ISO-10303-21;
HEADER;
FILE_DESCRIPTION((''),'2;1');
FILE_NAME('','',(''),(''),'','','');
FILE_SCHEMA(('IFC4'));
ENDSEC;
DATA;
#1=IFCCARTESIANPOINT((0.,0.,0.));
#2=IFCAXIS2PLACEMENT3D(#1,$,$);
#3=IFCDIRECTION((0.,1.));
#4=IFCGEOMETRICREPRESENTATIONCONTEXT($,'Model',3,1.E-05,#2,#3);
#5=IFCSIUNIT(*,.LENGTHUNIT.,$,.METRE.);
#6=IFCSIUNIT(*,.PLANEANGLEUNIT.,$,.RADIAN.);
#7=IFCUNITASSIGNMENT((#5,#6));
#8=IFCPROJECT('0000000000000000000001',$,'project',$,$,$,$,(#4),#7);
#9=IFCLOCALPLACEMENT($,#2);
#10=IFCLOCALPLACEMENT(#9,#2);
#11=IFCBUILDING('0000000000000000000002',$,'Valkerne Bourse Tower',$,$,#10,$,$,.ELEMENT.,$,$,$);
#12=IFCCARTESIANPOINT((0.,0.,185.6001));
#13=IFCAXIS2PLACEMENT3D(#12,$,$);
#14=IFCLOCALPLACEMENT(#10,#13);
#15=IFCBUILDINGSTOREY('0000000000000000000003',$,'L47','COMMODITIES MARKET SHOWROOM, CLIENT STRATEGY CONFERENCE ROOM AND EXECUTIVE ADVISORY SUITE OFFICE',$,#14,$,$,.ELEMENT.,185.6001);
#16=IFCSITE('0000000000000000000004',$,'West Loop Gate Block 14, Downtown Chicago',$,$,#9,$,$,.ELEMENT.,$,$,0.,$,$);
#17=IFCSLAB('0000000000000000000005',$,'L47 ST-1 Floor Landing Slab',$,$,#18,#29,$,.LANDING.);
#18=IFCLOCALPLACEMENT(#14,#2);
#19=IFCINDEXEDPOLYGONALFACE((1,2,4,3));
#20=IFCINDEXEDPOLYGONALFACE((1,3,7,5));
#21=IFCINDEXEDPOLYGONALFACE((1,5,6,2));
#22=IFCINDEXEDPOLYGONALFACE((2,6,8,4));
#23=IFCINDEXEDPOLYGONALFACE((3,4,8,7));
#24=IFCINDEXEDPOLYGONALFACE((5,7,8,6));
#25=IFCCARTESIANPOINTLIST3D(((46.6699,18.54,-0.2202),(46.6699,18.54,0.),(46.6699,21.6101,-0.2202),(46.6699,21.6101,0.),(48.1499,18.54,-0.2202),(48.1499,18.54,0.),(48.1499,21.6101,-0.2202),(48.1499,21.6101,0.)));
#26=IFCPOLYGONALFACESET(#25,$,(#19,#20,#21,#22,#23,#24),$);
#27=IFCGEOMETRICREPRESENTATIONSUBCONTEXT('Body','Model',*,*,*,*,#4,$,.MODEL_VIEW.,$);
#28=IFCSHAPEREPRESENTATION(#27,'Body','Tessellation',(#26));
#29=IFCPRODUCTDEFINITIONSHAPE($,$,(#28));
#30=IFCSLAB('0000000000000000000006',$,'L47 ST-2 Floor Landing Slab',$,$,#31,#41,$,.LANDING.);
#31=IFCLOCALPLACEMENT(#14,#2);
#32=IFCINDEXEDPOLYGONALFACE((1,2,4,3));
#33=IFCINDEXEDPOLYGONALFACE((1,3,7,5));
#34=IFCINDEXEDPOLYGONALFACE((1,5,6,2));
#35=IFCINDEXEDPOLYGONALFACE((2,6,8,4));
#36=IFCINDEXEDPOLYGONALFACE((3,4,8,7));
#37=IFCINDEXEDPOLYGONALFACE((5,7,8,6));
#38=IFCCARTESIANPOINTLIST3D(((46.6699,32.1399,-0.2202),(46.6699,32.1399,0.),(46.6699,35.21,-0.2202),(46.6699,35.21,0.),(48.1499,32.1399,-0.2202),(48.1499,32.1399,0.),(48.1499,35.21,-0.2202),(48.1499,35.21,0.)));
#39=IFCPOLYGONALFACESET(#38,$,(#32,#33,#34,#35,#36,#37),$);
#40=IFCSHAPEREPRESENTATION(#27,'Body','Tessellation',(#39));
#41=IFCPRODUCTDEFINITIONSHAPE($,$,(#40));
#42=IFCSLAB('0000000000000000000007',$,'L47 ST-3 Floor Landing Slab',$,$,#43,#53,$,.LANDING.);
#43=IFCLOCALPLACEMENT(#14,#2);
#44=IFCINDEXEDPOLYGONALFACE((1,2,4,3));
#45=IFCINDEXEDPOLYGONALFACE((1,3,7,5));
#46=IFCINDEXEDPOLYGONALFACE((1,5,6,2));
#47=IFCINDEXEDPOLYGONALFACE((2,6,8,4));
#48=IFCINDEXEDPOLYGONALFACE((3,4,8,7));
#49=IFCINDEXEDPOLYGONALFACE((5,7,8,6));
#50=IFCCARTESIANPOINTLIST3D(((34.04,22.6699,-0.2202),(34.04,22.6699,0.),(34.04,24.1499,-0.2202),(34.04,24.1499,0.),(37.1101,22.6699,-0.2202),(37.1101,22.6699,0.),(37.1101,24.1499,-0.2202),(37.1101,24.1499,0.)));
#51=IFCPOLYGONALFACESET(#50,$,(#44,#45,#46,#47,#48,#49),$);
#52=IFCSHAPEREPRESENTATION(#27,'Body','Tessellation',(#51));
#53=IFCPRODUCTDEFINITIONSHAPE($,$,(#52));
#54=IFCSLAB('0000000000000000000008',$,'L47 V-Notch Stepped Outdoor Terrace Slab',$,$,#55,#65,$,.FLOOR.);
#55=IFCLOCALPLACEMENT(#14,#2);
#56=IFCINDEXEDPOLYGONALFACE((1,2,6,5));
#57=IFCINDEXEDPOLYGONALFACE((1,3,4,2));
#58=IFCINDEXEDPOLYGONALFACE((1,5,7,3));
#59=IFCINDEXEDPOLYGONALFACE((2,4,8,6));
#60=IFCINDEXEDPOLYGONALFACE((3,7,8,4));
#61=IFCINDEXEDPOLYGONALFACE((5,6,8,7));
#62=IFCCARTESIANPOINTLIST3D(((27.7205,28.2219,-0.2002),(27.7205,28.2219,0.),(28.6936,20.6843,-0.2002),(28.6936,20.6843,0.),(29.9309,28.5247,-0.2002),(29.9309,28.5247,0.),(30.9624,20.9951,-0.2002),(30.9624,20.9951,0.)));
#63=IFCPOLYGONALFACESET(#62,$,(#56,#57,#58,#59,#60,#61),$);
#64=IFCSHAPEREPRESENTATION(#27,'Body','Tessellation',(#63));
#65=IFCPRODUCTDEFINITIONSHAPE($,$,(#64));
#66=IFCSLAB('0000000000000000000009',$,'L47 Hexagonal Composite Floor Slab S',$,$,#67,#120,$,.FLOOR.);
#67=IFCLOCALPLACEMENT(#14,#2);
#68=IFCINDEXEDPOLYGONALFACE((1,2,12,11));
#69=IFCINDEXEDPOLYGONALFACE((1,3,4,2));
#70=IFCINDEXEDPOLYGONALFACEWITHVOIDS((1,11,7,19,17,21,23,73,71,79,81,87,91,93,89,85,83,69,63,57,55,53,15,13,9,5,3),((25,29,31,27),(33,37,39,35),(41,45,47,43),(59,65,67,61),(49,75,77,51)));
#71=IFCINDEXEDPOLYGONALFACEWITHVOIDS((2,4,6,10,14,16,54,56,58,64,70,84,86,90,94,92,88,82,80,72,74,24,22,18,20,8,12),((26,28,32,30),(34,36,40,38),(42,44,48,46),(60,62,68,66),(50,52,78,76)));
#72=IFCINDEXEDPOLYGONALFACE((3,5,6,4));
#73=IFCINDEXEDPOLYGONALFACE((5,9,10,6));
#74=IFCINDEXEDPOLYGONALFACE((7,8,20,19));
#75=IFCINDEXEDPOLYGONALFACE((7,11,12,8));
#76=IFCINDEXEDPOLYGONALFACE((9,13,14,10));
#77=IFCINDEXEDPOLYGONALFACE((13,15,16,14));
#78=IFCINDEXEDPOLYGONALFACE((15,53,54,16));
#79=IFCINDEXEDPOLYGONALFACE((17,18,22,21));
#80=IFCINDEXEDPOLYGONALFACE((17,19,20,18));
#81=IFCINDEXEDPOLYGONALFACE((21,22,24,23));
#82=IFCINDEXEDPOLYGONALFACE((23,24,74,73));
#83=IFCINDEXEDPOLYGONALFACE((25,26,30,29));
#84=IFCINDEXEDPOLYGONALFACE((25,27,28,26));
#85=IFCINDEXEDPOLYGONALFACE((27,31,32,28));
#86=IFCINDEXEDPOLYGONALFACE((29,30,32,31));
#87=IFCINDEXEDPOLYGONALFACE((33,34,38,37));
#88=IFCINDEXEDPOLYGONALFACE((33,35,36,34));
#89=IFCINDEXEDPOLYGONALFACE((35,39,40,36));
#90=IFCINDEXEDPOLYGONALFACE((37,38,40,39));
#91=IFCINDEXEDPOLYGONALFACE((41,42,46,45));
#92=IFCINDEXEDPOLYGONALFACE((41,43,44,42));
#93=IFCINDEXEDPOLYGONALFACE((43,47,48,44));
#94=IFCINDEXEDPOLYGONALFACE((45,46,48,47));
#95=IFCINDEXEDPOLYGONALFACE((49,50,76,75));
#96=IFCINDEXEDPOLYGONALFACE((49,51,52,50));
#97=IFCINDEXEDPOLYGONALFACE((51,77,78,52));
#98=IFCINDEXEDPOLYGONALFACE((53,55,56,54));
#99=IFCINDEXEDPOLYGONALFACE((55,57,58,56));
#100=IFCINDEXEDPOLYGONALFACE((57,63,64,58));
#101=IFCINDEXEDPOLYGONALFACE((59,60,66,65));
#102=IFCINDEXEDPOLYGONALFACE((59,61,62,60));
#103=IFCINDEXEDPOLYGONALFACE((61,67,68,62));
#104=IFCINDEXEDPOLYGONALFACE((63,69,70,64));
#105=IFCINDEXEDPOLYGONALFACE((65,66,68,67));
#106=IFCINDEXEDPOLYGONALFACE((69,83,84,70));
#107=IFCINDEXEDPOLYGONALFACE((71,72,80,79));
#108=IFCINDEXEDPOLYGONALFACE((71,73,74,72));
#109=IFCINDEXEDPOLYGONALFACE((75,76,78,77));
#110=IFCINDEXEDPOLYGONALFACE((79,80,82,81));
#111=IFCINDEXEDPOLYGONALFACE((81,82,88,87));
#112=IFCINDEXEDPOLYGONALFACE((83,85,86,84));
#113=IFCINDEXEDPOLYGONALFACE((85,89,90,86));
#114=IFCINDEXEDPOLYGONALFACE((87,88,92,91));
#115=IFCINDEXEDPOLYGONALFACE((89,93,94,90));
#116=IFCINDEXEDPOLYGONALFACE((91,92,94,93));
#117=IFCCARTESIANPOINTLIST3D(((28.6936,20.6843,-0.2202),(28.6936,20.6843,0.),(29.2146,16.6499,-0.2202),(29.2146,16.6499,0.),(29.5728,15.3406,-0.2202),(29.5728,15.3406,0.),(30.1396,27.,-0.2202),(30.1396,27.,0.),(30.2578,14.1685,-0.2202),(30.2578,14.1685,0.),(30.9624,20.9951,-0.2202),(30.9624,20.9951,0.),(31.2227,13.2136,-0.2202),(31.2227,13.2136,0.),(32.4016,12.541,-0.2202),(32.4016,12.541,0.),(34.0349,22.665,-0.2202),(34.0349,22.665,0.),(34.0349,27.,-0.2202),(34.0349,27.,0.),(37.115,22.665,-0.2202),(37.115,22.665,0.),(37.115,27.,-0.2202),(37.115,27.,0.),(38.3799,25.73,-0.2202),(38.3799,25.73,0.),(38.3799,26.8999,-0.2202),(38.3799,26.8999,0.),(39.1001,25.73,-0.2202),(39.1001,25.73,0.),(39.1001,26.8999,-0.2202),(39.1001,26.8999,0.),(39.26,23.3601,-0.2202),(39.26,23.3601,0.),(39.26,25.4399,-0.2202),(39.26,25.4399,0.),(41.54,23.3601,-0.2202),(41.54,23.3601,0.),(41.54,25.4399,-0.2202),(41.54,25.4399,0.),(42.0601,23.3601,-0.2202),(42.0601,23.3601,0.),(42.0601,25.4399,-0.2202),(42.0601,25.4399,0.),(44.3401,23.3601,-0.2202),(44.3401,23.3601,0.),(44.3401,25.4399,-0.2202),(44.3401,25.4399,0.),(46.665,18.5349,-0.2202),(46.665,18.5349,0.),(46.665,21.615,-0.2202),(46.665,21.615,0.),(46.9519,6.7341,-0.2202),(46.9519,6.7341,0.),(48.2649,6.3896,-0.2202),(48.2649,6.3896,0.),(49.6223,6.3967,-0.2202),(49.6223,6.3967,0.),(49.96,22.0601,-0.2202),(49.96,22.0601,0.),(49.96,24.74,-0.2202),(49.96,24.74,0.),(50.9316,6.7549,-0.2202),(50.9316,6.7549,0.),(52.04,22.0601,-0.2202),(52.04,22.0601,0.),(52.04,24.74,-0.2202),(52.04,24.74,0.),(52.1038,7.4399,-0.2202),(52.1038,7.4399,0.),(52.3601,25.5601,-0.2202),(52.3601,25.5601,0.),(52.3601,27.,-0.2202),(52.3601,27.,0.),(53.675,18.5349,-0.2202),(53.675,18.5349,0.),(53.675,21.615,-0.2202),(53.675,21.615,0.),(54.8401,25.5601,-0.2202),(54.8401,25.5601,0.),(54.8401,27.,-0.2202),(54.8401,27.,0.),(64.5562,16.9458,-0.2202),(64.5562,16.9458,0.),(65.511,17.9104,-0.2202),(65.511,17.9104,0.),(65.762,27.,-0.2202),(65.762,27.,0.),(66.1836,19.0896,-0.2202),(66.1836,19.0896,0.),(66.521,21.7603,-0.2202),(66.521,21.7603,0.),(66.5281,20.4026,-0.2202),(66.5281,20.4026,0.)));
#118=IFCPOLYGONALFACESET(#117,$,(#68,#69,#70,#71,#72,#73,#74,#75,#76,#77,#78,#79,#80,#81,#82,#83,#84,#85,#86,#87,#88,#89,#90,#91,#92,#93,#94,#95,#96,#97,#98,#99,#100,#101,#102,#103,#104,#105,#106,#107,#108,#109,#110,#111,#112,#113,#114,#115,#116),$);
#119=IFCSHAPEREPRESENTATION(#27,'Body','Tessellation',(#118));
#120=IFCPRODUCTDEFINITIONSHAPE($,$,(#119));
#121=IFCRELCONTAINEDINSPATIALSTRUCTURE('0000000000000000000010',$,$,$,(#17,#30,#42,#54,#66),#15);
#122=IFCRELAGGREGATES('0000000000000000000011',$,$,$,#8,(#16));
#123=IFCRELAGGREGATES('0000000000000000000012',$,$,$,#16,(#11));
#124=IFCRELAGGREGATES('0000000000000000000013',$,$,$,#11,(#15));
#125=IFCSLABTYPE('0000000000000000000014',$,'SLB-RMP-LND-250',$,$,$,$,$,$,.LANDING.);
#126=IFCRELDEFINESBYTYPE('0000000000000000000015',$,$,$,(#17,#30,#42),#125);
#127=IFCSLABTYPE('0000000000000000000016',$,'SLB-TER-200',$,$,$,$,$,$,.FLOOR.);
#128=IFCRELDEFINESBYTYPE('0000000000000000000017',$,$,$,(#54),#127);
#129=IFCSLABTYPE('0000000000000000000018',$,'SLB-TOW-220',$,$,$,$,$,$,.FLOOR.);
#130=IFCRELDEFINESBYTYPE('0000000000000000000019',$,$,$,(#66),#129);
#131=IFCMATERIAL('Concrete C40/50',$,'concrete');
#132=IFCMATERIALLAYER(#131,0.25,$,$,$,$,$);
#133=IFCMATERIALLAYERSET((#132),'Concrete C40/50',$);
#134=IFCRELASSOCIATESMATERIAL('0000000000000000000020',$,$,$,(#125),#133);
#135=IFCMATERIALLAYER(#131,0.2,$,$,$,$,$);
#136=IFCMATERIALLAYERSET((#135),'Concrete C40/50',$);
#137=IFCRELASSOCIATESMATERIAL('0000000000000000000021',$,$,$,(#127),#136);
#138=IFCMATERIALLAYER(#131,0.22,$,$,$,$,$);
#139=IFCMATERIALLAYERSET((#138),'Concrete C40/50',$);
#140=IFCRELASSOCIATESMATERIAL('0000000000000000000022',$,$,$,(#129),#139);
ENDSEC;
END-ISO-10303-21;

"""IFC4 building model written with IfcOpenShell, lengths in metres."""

from ifc_helpers import new_model, si_unit, direction, frame, origin, place, context, subcontext, project, spatial, polyline, outline, extrude, material, layer, layer_set, type_object, element, save


model = new_model("IFC4")

# Units and contexts
model_context = context("Model", 3, precision=1e-05, world=origin(), true_north=direction((0.0, 1.0)))
body_context = subcontext(model_context, "Body", "Model", "MODEL_VIEW")
ifc_project = project(units=[si_unit("LENGTHUNIT", "METRE"), si_unit("PLANEANGLEUNIT", "RADIAN")], contexts=[model_context])

# Site, building, storey
site_placement = place(None, origin())
site = spatial("IfcSite", under=ifc_project, at=site_placement, Name="West Loop Gate Block 14, Downtown Chicago", CompositionType="ELEMENT", RefElevation=0.0)
building_placement = place(site_placement, origin())
building = spatial("IfcBuilding", under=site, at=building_placement, Name="Valkerne Bourse Tower", CompositionType="ELEMENT")
storey_placement = place(building_placement, frame((0.0, 0.0, 185.6001)))
storey = spatial("IfcBuildingStorey", under=building, at=storey_placement, Name="L47", Description="COMMODITIES MARKET SHOWROOM, CLIENT STRATEGY CONFERENCE ROOM AND EXECUTIVE ADVISORY SUITE OFFICE", CompositionType="ELEMENT", Elevation=185.6001)

# Slabs
ifc_material_1 = material(Name="Concrete C40/50", Category="concrete")
ifc_layer_1 = layer(ifc_material_1, 0.25)
ifc_layer_set_1 = layer_set([ifc_layer_1], Name="Concrete C40/50")
slab_type_1 = type_object("IfcSlabType", Name="SLB-RMP-LND-250", PredefinedType="LANDING", material=ifc_layer_set_1)
slab_1_placement = place(storey_placement, frame((0.0, 0.0, -0.2202)))
element("IfcSlab", 1, at=slab_1_placement, inside=storey, type_object=slab_type_1, Name="L47 ST-1 Floor Landing Slab", PredefinedType="LANDING", context=body_context, shape_type="SweptSolid", body=[
    extrude(outline(polyline([(46.6699, 18.54), (48.1499, 18.54), (48.1499, 21.6101), (46.6699, 21.6101), (46.6699, 18.54)])), origin(), (0.0, 0.0, 1.0), 0.2202),
])
slab_2_placement = place(storey_placement, frame((0.0, 0.0, -0.2202)))
element("IfcSlab", 2, at=slab_2_placement, inside=storey, type_object=slab_type_1, Name="L47 ST-2 Floor Landing Slab", PredefinedType="LANDING", context=body_context, shape_type="SweptSolid", body=[
    extrude(outline(polyline([(46.6699, 32.1399), (48.1499, 32.1399), (48.1499, 35.21), (46.6699, 35.21), (46.6699, 32.1399)])), origin(), (0.0, 0.0, 1.0), 0.2202),
])
slab_3_placement = place(storey_placement, frame((0.0, 0.0, -0.2202)))
element("IfcSlab", 3, at=slab_3_placement, inside=storey, type_object=slab_type_1, Name="L47 ST-3 Floor Landing Slab", PredefinedType="LANDING", context=body_context, shape_type="SweptSolid", body=[
    extrude(outline(polyline([(37.1101, 22.6699), (37.1101, 24.1499), (34.04, 24.1499), (34.04, 22.6699), (37.1101, 22.6699)])), origin(), (0.0, 0.0, 1.0), 0.2202),
])
ifc_layer_2 = layer(ifc_material_1, 0.2)
ifc_layer_set_2 = layer_set([ifc_layer_2], Name="Concrete C40/50")
slab_type_2 = type_object("IfcSlabType", Name="SLB-TER-200", PredefinedType="FLOOR", material=ifc_layer_set_2)
slab_4_placement = place(storey_placement, frame((0.0, 0.0, -0.2002)))
element("IfcSlab", 4, at=slab_4_placement, inside=storey, type_object=slab_type_2, Name="L47 V-Notch Stepped Outdoor Terrace Slab", PredefinedType="FLOOR", context=body_context, shape_type="SweptSolid", body=[
    extrude(outline(polyline([(27.7205, 28.2219), (29.9309, 28.5247), (30.9624, 20.9951), (28.6936, 20.6843), (27.7205, 28.2219)])), origin(), (0.0, 0.0, 1.0), 0.2002),
])
ifc_layer_3 = layer(ifc_material_1, 0.22)
ifc_layer_set_3 = layer_set([ifc_layer_3], Name="Concrete C40/50")
slab_type_3 = type_object("IfcSlabType", Name="SLB-TOW-220", PredefinedType="FLOOR", material=ifc_layer_set_3)
slab_5_placement = place(storey_placement, frame((0.0, 0.0, -0.2202)))
element("IfcSlab", 5, at=slab_5_placement, inside=storey, type_object=slab_type_3, Name="L47 Hexagonal Composite Floor Slab S", PredefinedType="FLOOR", context=body_context, shape_type="SweptSolid", body=[
    extrude(outline(polyline([(66.521, 21.7603), (66.5281, 20.4026), (66.1836, 19.0896), (65.511, 17.9104), (64.5562, 16.9458), (52.1038, 7.4399), (50.9316, 6.7549), (49.6223, 6.3967), (48.2649, 6.3896), (46.9519, 6.7341), (32.4016, 12.541), (31.2227, 13.2136), (30.2578, 14.1685), (29.5728, 15.3406), (29.2146, 16.6499), (28.6936, 20.6843), (30.9624, 20.9951), (30.1396, 27.0), (34.0349, 27.0), (34.0349, 22.665), (37.115, 22.665), (37.115, 27.0), (52.3601, 27.0), (52.3601, 25.5601), (54.8401, 25.5601), (54.8401, 27.0), (65.762, 27.0), (66.521, 21.7603)]), holes=[polyline([(41.54, 25.4399), (39.26, 25.4399), (39.26, 23.3601), (41.54, 23.3601), (41.54, 25.4399)]), polyline([(44.3401, 25.4399), (42.0601, 25.4399), (42.0601, 23.3601), (44.3401, 23.3601), (44.3401, 25.4399)]), polyline([(39.1001, 26.8999), (38.3799, 26.8999), (38.3799, 25.73), (39.1001, 25.73), (39.1001, 26.8999)]), polyline([(53.675, 21.615), (46.665, 21.615), (46.665, 18.5349), (53.675, 18.5349), (53.675, 21.615)]), polyline([(52.04, 24.74), (49.96, 24.74), (49.96, 22.0601), (52.04, 22.0601), (52.04, 24.74)])]), origin(), (0.0, 0.0, 1.0), 0.2202),
])

save(model, "model.ifc")
